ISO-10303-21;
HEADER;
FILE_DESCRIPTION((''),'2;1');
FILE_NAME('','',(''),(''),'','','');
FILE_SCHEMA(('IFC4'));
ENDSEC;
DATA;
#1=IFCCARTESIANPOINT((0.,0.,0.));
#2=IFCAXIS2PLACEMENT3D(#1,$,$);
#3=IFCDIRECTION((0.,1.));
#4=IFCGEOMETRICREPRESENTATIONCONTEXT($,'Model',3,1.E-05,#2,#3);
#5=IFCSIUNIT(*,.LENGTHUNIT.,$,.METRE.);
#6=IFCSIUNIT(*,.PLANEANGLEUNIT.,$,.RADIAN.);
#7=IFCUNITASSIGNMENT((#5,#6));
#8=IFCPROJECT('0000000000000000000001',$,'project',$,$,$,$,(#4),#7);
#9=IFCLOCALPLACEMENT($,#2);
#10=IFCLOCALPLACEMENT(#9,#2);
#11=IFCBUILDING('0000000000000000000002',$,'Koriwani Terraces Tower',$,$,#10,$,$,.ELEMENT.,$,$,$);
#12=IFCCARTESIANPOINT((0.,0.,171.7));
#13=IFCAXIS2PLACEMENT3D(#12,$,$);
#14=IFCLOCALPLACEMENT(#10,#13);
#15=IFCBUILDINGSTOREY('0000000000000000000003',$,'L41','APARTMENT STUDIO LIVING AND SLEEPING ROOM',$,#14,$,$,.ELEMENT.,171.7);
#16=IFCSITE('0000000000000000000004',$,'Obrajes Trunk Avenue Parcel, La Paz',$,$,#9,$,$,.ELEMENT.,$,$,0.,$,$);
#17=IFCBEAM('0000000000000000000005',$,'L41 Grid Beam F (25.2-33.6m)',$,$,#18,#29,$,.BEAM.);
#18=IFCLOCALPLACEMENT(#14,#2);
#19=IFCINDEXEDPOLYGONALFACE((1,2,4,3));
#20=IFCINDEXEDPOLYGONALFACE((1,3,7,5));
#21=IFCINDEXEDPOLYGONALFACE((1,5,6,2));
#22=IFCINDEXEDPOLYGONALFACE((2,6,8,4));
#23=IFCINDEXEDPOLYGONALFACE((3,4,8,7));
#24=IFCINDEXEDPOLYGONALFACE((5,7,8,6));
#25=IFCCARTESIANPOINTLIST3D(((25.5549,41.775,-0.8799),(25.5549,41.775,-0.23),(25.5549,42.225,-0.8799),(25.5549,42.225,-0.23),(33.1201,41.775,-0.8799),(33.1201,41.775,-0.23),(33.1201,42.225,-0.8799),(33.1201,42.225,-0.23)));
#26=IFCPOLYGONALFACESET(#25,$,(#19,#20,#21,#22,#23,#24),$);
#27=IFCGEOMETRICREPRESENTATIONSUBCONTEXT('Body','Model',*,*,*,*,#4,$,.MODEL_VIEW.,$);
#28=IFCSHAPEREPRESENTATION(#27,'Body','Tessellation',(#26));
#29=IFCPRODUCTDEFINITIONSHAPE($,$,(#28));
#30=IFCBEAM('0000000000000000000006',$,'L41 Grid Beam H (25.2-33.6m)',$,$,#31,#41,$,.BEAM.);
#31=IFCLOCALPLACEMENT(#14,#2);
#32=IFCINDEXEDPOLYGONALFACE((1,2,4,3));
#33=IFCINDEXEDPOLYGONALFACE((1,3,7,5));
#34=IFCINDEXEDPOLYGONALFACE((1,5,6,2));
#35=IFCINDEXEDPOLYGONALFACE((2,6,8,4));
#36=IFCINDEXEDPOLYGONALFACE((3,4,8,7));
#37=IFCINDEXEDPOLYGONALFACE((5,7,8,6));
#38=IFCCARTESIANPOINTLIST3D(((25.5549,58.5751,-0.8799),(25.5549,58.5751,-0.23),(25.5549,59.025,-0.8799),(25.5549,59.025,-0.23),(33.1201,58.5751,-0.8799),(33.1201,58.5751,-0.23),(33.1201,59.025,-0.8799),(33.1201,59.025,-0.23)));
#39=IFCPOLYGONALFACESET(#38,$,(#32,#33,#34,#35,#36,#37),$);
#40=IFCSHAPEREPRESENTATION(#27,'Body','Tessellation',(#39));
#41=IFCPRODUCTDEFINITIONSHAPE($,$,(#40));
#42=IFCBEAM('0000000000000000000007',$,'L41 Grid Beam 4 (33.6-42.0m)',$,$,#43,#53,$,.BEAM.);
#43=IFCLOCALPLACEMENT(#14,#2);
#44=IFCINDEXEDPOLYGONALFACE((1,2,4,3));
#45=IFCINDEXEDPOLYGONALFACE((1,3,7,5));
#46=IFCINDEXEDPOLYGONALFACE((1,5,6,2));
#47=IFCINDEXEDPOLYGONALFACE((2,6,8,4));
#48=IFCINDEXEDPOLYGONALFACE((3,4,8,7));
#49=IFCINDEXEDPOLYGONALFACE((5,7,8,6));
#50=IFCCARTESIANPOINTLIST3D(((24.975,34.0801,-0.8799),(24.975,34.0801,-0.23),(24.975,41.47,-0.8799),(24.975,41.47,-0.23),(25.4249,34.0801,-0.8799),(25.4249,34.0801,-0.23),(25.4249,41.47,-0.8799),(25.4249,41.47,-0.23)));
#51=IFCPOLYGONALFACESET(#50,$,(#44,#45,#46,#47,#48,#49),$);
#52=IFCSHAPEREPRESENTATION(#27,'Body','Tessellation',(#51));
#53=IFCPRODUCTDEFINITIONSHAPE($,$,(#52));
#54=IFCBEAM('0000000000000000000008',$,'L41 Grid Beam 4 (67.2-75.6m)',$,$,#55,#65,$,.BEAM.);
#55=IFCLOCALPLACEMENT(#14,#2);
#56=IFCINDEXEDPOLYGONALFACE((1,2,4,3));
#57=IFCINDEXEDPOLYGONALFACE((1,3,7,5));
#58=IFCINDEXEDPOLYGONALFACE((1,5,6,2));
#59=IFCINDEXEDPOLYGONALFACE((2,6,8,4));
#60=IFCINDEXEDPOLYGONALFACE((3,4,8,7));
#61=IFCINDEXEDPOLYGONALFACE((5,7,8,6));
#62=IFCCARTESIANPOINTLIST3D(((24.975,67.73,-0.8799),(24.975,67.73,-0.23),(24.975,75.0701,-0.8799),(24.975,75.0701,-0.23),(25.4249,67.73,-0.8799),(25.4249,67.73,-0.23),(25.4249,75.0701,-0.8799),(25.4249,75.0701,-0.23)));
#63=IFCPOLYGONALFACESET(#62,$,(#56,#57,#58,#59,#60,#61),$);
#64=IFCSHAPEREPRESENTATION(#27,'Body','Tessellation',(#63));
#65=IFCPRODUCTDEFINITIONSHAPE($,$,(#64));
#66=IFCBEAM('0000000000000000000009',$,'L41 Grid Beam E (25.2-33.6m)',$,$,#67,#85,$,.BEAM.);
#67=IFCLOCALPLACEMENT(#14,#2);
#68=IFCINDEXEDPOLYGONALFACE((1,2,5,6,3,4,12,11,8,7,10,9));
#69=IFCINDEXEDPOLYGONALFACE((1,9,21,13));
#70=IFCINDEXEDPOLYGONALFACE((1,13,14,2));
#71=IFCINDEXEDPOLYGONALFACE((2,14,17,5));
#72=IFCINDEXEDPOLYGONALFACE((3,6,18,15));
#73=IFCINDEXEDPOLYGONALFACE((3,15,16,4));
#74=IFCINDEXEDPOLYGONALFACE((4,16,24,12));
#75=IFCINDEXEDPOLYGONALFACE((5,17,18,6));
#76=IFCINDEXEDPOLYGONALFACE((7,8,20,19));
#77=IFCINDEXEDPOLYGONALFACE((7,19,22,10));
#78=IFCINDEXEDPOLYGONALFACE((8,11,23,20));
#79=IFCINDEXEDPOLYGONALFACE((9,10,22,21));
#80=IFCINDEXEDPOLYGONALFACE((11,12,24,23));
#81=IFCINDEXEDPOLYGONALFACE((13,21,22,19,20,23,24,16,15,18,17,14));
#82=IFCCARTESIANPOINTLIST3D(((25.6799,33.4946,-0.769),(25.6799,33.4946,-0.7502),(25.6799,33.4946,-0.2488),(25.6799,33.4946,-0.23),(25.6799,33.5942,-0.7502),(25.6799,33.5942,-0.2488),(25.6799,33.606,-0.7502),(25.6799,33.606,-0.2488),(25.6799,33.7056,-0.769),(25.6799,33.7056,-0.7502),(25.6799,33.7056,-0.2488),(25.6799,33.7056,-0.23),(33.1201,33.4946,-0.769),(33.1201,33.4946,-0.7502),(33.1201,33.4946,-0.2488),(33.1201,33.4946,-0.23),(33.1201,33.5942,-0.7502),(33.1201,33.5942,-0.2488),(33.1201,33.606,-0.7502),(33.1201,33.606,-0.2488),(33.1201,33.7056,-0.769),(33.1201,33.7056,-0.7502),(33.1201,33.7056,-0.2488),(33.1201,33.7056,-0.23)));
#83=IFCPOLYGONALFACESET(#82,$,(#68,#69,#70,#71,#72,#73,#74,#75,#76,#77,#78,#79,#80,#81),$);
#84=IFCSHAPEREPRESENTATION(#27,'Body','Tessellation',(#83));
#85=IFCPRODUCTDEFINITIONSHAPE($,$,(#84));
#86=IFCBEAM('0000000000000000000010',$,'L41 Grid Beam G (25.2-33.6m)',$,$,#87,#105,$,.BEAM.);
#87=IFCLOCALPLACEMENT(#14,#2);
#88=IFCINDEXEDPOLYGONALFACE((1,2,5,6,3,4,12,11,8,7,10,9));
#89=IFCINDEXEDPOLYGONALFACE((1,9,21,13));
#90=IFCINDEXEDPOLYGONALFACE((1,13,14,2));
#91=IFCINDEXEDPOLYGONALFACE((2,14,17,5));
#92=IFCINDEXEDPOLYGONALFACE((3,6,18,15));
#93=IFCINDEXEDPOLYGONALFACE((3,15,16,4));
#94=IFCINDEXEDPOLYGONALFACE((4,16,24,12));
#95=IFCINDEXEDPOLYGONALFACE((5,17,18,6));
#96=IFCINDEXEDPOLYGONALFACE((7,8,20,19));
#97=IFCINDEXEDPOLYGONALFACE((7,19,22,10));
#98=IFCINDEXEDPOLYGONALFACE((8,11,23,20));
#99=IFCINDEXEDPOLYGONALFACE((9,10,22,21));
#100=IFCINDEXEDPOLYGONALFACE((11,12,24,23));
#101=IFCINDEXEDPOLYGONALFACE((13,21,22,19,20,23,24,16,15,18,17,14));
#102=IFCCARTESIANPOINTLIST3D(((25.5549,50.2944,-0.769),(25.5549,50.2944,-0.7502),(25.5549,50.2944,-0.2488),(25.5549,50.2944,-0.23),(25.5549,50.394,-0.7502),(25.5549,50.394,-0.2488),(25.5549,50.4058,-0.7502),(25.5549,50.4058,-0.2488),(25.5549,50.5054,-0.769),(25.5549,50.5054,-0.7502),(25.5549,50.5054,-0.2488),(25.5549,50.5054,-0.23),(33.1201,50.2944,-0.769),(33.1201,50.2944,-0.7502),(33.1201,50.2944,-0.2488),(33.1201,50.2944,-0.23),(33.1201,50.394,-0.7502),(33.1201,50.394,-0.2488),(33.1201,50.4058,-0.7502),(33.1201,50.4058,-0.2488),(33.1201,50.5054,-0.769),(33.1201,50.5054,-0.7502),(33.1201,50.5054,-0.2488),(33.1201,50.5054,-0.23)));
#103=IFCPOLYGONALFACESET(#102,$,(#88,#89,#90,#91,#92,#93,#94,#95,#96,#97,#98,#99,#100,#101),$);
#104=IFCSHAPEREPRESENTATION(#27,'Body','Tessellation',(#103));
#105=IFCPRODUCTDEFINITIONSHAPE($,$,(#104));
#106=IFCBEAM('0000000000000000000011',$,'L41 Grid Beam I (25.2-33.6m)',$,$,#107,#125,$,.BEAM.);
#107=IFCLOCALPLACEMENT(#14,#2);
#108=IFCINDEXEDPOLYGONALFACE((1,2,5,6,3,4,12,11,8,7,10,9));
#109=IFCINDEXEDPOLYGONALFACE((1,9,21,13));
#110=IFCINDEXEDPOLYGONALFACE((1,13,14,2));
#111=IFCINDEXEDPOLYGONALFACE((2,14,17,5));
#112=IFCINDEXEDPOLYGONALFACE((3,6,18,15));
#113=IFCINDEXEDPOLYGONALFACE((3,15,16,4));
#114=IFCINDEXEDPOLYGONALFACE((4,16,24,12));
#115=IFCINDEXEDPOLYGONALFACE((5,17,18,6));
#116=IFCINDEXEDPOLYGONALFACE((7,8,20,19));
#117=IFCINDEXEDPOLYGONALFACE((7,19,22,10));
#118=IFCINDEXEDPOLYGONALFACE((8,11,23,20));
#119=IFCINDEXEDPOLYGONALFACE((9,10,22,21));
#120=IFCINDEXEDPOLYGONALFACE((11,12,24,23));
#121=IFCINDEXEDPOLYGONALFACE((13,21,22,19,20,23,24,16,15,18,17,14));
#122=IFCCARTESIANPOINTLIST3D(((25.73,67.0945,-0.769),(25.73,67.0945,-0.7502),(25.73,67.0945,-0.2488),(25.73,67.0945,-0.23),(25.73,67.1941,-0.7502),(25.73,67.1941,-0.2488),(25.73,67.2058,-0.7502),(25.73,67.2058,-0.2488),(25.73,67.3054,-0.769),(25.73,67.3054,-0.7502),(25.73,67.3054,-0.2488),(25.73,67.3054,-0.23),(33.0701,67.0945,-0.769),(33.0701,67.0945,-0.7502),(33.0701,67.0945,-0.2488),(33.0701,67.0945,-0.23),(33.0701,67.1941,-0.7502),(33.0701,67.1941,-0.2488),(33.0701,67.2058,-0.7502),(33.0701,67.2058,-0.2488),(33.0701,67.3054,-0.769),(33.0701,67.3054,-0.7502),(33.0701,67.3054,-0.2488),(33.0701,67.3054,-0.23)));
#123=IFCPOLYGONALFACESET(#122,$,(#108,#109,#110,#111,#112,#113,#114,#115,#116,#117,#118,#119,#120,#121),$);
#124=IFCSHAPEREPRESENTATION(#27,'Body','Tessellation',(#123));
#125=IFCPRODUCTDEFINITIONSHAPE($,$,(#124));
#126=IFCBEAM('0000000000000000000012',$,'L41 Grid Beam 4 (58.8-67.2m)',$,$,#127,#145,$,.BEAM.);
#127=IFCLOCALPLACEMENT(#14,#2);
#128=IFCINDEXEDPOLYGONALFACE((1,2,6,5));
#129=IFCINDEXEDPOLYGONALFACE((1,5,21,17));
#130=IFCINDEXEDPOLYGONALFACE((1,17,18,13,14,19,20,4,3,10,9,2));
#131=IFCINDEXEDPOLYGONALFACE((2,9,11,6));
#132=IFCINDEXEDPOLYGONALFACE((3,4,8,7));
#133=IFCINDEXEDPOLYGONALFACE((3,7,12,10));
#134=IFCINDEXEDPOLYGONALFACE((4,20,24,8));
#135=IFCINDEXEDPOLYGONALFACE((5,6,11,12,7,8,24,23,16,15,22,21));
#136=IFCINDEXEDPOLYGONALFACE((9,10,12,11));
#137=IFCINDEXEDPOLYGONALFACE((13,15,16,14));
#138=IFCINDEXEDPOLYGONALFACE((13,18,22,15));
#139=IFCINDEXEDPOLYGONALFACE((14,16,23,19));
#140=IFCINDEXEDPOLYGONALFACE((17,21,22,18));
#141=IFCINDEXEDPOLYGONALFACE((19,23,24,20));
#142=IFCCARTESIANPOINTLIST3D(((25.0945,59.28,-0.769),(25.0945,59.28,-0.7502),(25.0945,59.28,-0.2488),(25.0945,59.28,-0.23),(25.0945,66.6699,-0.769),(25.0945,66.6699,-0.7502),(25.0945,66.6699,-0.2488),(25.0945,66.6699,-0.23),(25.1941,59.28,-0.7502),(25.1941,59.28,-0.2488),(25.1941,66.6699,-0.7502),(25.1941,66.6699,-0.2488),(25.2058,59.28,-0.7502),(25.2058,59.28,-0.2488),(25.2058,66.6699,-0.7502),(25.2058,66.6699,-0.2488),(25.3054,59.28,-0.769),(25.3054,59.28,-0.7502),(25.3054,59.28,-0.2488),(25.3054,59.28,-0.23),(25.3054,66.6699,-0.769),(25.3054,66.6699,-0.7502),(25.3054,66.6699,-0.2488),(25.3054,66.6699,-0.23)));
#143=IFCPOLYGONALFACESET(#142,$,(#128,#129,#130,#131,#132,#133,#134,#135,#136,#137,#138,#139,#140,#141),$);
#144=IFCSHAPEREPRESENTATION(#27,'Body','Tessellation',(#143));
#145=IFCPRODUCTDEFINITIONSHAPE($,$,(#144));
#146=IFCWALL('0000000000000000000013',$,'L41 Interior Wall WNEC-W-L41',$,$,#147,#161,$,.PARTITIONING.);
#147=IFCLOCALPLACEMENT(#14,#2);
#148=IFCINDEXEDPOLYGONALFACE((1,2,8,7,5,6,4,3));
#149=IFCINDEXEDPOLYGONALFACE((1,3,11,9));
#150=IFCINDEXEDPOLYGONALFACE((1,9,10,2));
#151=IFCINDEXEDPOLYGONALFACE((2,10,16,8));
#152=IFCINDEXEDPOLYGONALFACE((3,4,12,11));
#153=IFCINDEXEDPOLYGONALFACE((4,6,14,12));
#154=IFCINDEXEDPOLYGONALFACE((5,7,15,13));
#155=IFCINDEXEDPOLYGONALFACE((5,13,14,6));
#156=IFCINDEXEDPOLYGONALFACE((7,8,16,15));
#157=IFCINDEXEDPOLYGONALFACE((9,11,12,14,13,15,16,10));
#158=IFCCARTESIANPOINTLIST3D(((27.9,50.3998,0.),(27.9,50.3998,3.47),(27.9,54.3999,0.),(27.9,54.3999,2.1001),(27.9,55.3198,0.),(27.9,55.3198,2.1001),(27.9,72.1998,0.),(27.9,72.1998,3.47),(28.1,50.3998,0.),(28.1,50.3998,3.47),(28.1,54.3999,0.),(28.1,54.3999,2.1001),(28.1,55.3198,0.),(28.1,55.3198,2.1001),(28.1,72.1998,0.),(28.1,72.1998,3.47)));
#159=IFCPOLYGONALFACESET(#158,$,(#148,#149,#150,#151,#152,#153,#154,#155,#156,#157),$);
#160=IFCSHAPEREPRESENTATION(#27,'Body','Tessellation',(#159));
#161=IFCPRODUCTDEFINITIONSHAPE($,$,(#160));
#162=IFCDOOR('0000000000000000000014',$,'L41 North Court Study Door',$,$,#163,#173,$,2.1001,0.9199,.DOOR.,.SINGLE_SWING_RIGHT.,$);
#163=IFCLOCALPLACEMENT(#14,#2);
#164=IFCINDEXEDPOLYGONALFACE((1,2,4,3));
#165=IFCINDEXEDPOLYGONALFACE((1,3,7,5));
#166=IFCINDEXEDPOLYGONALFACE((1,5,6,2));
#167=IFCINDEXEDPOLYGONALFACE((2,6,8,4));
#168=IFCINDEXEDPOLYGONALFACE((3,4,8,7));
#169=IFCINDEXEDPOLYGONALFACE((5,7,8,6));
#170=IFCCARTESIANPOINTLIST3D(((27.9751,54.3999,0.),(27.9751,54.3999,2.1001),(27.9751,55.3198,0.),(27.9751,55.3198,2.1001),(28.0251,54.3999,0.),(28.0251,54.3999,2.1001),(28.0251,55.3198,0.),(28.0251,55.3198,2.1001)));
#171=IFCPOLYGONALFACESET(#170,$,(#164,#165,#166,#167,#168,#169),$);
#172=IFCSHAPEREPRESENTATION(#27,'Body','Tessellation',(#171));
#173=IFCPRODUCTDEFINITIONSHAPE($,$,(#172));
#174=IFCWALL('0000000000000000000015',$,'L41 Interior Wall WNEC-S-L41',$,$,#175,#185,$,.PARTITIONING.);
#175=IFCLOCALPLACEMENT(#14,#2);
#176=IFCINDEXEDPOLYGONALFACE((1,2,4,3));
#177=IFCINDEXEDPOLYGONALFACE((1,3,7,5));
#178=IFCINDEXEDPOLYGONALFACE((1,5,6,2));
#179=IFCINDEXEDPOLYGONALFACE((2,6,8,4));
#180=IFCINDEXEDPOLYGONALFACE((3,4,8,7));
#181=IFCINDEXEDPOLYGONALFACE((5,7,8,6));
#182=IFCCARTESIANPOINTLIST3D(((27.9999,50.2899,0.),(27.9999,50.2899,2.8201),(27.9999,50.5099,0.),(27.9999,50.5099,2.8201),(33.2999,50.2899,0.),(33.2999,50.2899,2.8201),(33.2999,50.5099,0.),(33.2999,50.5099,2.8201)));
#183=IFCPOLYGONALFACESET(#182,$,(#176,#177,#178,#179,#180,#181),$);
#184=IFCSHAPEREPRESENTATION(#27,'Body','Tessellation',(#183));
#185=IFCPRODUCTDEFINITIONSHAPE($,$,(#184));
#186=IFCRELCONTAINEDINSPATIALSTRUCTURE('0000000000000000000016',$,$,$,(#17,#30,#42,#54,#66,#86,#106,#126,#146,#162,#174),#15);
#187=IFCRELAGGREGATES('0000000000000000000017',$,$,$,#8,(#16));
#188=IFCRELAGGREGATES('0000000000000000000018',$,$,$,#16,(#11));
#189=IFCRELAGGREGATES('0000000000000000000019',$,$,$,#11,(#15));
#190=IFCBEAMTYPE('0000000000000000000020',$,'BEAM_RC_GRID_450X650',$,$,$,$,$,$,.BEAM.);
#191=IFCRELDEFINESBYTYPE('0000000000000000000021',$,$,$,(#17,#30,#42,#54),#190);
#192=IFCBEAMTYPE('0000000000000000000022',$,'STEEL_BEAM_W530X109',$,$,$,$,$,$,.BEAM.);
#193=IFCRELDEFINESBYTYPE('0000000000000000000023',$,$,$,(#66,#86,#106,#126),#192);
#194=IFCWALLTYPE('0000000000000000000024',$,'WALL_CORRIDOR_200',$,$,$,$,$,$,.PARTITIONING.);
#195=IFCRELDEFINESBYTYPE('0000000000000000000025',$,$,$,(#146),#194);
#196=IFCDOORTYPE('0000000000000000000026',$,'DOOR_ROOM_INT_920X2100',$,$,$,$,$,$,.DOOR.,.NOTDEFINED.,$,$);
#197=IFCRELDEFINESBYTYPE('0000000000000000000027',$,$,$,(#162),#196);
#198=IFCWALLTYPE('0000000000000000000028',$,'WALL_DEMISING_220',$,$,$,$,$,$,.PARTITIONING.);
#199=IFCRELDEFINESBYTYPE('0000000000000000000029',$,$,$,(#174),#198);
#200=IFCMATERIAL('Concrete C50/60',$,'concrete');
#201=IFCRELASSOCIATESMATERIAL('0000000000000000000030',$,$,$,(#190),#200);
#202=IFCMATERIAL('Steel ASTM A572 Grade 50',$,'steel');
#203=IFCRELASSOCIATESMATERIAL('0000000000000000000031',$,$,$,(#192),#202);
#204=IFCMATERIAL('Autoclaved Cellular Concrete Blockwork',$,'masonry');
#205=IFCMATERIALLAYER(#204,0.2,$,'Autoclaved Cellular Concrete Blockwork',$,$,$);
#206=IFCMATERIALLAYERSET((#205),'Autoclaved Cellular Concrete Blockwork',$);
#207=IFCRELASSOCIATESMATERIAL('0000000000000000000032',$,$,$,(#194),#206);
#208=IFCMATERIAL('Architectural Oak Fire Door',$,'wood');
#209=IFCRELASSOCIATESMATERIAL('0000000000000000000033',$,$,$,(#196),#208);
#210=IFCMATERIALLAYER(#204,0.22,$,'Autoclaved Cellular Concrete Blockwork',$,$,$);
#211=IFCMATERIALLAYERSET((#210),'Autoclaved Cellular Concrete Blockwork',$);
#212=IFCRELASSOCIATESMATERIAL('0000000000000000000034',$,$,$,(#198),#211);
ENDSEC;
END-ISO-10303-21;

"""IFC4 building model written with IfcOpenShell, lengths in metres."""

from ifc_helpers import new_model, si_unit, direction, frame, frame_2d, origin, origin_2d, place, context, subcontext, project, spatial, rectangle, i_section, extrude, material, layer, layer_set, material_profile, profile_set, type_object, element, fill, save


model = new_model("IFC4")

# Units and contexts
model_context = context("Model", 3, precision=1e-05, world=origin(), true_north=direction((0.0, 1.0)))
body_context = subcontext(model_context, "Body", "Model", "MODEL_VIEW")
ifc_project = project(units=[si_unit("LENGTHUNIT", "METRE"), si_unit("PLANEANGLEUNIT", "RADIAN")], contexts=[model_context])

# Site, building, storey
site_placement = place(None, origin())
site = spatial("IfcSite", under=ifc_project, at=site_placement, Name="Obrajes Trunk Avenue Parcel, La Paz", CompositionType="ELEMENT", RefElevation=0.0)
building_placement = place(site_placement, origin())
building = spatial("IfcBuilding", under=site, at=building_placement, Name="Koriwani Terraces Tower", CompositionType="ELEMENT")
storey_placement = place(building_placement, frame((0.0, 0.0, 171.7)))
storey = spatial("IfcBuildingStorey", under=building, at=storey_placement, Name="L41", Description="APARTMENT STUDIO LIVING AND SLEEPING ROOM", CompositionType="ELEMENT", Elevation=171.7)

# Beams
ifc_material_1 = material(Name="Concrete C50/60", Category="concrete")
ifc_material_profile_1 = material_profile(ifc_material_1, rectangle(XDim=0.45, YDim=0.6499, at=origin_2d()), Name="Concrete C50/60", Category="LoadBearing")
ifc_profile_set_1 = profile_set([ifc_material_profile_1], Name="Concrete C50/60")
beam_type_1 = type_object("IfcBeamType", Name="BEAM_RC_GRID_450X650", PredefinedType="BEAM", material=ifc_profile_set_1)
for number, where, z_axis, x_axis, name in (
    (1, (25.5549, 42.0, -0.5549), (1.0, 0.0, 0.0), (0.0, 1.0, 0.0), "L41 Grid Beam F (25.2-33.6m)"),
    (2, (25.5549, 58.8, -0.5549), (1.0, 0.0, 0.0), (0.0, 1.0, 0.0), "L41 Grid Beam H (25.2-33.6m)"),
):
    element("IfcBeam", number, at=place(storey_placement, frame(where, z_axis=z_axis, x_axis=x_axis)), inside=storey, type_object=beam_type_1, Name=name, PredefinedType="BEAM", context=body_context, shape_type="SweptSolid", body=[
        extrude(rectangle(XDim=0.45, YDim=0.6499, at=origin_2d()), origin(), (0.0, 0.0, 1.0), 7.5652),
    ])
beam_1_placement = place(storey_placement, frame((25.2, 34.0801, -0.5549), z_axis=(0.0, 1.0, 0.0), x_axis=(-1.0, 0.0, 0.0)))
element("IfcBeam", 3, at=beam_1_placement, inside=storey, type_object=beam_type_1, Name="L41 Grid Beam 4 (33.6-42.0m)", PredefinedType="BEAM", context=body_context, shape_type="SweptSolid", body=[
    extrude(rectangle(XDim=0.45, YDim=0.6499, at=origin_2d()), origin(), (0.0, 0.0, 1.0), 7.3899),
])
beam_2_placement = place(storey_placement, frame((25.2, 67.73, -0.5549), z_axis=(0.0, 1.0, 0.0), x_axis=(-1.0, 0.0, 0.0)))
element("IfcBeam", 4, at=beam_2_placement, inside=storey, type_object=beam_type_1, Name="L41 Grid Beam 4 (67.2-75.6m)", PredefinedType="BEAM", context=body_context, shape_type="SweptSolid", body=[
    extrude(rectangle(XDim=0.45, YDim=0.6499, at=origin_2d()), origin(), (0.0, 0.0, 1.0), 7.3401),
])
ifc_material_2 = material(Name="Steel ASTM A572 Grade 50", Category="steel")
ifc_material_profile_2 = material_profile(ifc_material_2, i_section(OverallWidth=0.2109, OverallDepth=0.5391, WebThickness=0.0117, FlangeThickness=0.0188, at=origin_2d()), Name="Steel ASTM A572 Grade 50", Category="LoadBearing")
ifc_profile_set_2 = profile_set([ifc_material_profile_2], Name="Steel ASTM A572 Grade 50")
beam_type_2 = type_object("IfcBeamType", Name="STEEL_BEAM_W530X109", PredefinedType="BEAM", material=ifc_profile_set_2)
beam_3_placement = place(storey_placement, frame((25.6799, 33.6001, -0.4995), z_axis=(1.0, 0.0, 0.0), x_axis=(0.0, 1.0, 0.0)))
element("IfcBeam", 5, at=beam_3_placement, inside=storey, type_object=beam_type_2, Name="L41 Grid Beam E (25.2-33.6m)", PredefinedType="BEAM", context=body_context, shape_type="SweptSolid", body=[
    extrude(i_section(OverallWidth=0.2109, OverallDepth=0.5391, WebThickness=0.0117, FlangeThickness=0.0188, at=origin_2d()), origin(), (0.0, 0.0, 1.0), 7.4402),
])
beam_4_placement = place(storey_placement, frame((25.5549, 50.3999, -0.4995), z_axis=(1.0, 0.0, 0.0), x_axis=(0.0, 1.0, 0.0)))
element("IfcBeam", 6, at=beam_4_placement, inside=storey, type_object=beam_type_2, Name="L41 Grid Beam G (25.2-33.6m)", PredefinedType="BEAM", context=body_context, shape_type="SweptSolid", body=[
    extrude(i_section(OverallWidth=0.2109, OverallDepth=0.5391, WebThickness=0.0117, FlangeThickness=0.0188, at=origin_2d()), origin(), (0.0, 0.0, 1.0), 7.5652),
])
beam_5_placement = place(storey_placement, frame((25.73, 67.2, -0.4995), z_axis=(1.0, 0.0, 0.0), x_axis=(0.0, 1.0, 0.0)))
element("IfcBeam", 7, at=beam_5_placement, inside=storey, type_object=beam_type_2, Name="L41 Grid Beam I (25.2-33.6m)", PredefinedType="BEAM", context=body_context, shape_type="SweptSolid", body=[
    extrude(i_section(OverallWidth=0.2109, OverallDepth=0.5391, WebThickness=0.0117, FlangeThickness=0.0188, at=origin_2d()), origin(), (0.0, 0.0, 1.0), 7.3401),
])
beam_6_placement = place(storey_placement, frame((25.2, 59.28, -0.4995), z_axis=(0.0, 1.0, 0.0), x_axis=(-1.0, 0.0, 0.0)))
element("IfcBeam", 8, at=beam_6_placement, inside=storey, type_object=beam_type_2, Name="L41 Grid Beam 4 (58.8-67.2m)", PredefinedType="BEAM", context=body_context, shape_type="SweptSolid", body=[
    extrude(i_section(OverallWidth=0.2109, OverallDepth=0.5391, WebThickness=0.0117, FlangeThickness=0.0188, at=origin_2d()), origin(), (0.0, 0.0, 1.0), 7.3899),
])

# Wall, opening, door
ifc_material_3 = material(Name="Autoclaved Cellular Concrete Blockwork", Category="masonry")
ifc_layer_1 = layer(ifc_material_3, 0.2, Name="Autoclaved Cellular Concrete Blockwork")
ifc_layer_set_1 = layer_set([ifc_layer_1], Name="Autoclaved Cellular Concrete Blockwork")
wall_type_1 = type_object("IfcWallType", Name="WALL_CORRIDOR_200", PredefinedType="PARTITIONING", material=ifc_layer_set_1)
wall_1_placement = place(storey_placement, frame((28.0, 50.3999, 0.0), z_axis=(0.0, 0.0, 1.0), x_axis=(0.0, 1.0, 0.0)))
wall_1 = element("IfcWall", 9, at=wall_1_placement, inside=storey, type_object=wall_type_1, Name="L41 Interior Wall WNEC-W-L41", PredefinedType="PARTITIONING", context=body_context, shape_type="SweptSolid", body=[
    extrude(rectangle(XDim=21.8, YDim=0.2, at=frame_2d((10.8999, 0.0))), origin(), (0.0, 0.0, 1.0), 3.47),
])
opening_1_placement = place(wall_1_placement, frame((4.0, 0.0, 0.0)))
opening_1 = element("IfcOpeningElement", 10, at=opening_1_placement, cuts=wall_1, PredefinedType="OPENING", context=body_context, shape_type="SweptSolid", body=[
    extrude(rectangle(XDim=0.9199, YDim=2.1001, at=frame_2d((0.46, 1.05))), frame((0.0, 0.1099, 0.0), z_axis=(0.0, -1.0, 0.0), x_axis=(1.0, 0.0, 0.0)), (0.0, 0.0, 1.0), 0.22),
])
ifc_material_4 = material(Name="Architectural Oak Fire Door", Category="wood")
door_type_1 = type_object("IfcDoorType", Name="DOOR_ROOM_INT_920X2100", OperationType="NOTDEFINED", PredefinedType="DOOR", material=ifc_material_4)
door_1_placement = place(opening_1_placement, origin())
door_1 = element("IfcDoor", 11, at=door_1_placement, inside=storey, type_object=door_type_1, Name="L41 North Court Study Door", OperationType="SINGLE_SWING_RIGHT", OverallHeight=2.1001, OverallWidth=0.9199, PredefinedType="DOOR", context=body_context, shape_type="SweptSolid", body=[
    extrude(rectangle(XDim=0.9199, YDim=2.1001, at=frame_2d((0.46, 1.05))), frame((0.0, 0.0249, 0.0), z_axis=(0.0, -1.0, 0.0), x_axis=(1.0, 0.0, 0.0)), (0.0, 0.0, 1.0), 0.05),
])
fill(opening_1, door_1)

# Wall
ifc_layer_2 = layer(ifc_material_3, 0.22, Name="Autoclaved Cellular Concrete Blockwork")
ifc_layer_set_2 = layer_set([ifc_layer_2], Name="Autoclaved Cellular Concrete Blockwork")
wall_type_2 = type_object("IfcWallType", Name="WALL_DEMISING_220", PredefinedType="PARTITIONING", material=ifc_layer_set_2)
wall_2_placement = place(storey_placement, frame((28.0, 50.3999, 0.0), z_axis=(0.0, 0.0, 1.0), x_axis=(1.0, 0.0, 0.0)))
element("IfcWall", 12, at=wall_2_placement, inside=storey, type_object=wall_type_2, Name="L41 Interior Wall WNEC-S-L41", PredefinedType="PARTITIONING", context=body_context, shape_type="SweptSolid", body=[
    extrude(rectangle(XDim=5.3, YDim=0.22, at=frame_2d((2.6499, 0.0))), origin(), (0.0, 0.0, 1.0), 2.8201),
])

save(model, "model.ifc")
